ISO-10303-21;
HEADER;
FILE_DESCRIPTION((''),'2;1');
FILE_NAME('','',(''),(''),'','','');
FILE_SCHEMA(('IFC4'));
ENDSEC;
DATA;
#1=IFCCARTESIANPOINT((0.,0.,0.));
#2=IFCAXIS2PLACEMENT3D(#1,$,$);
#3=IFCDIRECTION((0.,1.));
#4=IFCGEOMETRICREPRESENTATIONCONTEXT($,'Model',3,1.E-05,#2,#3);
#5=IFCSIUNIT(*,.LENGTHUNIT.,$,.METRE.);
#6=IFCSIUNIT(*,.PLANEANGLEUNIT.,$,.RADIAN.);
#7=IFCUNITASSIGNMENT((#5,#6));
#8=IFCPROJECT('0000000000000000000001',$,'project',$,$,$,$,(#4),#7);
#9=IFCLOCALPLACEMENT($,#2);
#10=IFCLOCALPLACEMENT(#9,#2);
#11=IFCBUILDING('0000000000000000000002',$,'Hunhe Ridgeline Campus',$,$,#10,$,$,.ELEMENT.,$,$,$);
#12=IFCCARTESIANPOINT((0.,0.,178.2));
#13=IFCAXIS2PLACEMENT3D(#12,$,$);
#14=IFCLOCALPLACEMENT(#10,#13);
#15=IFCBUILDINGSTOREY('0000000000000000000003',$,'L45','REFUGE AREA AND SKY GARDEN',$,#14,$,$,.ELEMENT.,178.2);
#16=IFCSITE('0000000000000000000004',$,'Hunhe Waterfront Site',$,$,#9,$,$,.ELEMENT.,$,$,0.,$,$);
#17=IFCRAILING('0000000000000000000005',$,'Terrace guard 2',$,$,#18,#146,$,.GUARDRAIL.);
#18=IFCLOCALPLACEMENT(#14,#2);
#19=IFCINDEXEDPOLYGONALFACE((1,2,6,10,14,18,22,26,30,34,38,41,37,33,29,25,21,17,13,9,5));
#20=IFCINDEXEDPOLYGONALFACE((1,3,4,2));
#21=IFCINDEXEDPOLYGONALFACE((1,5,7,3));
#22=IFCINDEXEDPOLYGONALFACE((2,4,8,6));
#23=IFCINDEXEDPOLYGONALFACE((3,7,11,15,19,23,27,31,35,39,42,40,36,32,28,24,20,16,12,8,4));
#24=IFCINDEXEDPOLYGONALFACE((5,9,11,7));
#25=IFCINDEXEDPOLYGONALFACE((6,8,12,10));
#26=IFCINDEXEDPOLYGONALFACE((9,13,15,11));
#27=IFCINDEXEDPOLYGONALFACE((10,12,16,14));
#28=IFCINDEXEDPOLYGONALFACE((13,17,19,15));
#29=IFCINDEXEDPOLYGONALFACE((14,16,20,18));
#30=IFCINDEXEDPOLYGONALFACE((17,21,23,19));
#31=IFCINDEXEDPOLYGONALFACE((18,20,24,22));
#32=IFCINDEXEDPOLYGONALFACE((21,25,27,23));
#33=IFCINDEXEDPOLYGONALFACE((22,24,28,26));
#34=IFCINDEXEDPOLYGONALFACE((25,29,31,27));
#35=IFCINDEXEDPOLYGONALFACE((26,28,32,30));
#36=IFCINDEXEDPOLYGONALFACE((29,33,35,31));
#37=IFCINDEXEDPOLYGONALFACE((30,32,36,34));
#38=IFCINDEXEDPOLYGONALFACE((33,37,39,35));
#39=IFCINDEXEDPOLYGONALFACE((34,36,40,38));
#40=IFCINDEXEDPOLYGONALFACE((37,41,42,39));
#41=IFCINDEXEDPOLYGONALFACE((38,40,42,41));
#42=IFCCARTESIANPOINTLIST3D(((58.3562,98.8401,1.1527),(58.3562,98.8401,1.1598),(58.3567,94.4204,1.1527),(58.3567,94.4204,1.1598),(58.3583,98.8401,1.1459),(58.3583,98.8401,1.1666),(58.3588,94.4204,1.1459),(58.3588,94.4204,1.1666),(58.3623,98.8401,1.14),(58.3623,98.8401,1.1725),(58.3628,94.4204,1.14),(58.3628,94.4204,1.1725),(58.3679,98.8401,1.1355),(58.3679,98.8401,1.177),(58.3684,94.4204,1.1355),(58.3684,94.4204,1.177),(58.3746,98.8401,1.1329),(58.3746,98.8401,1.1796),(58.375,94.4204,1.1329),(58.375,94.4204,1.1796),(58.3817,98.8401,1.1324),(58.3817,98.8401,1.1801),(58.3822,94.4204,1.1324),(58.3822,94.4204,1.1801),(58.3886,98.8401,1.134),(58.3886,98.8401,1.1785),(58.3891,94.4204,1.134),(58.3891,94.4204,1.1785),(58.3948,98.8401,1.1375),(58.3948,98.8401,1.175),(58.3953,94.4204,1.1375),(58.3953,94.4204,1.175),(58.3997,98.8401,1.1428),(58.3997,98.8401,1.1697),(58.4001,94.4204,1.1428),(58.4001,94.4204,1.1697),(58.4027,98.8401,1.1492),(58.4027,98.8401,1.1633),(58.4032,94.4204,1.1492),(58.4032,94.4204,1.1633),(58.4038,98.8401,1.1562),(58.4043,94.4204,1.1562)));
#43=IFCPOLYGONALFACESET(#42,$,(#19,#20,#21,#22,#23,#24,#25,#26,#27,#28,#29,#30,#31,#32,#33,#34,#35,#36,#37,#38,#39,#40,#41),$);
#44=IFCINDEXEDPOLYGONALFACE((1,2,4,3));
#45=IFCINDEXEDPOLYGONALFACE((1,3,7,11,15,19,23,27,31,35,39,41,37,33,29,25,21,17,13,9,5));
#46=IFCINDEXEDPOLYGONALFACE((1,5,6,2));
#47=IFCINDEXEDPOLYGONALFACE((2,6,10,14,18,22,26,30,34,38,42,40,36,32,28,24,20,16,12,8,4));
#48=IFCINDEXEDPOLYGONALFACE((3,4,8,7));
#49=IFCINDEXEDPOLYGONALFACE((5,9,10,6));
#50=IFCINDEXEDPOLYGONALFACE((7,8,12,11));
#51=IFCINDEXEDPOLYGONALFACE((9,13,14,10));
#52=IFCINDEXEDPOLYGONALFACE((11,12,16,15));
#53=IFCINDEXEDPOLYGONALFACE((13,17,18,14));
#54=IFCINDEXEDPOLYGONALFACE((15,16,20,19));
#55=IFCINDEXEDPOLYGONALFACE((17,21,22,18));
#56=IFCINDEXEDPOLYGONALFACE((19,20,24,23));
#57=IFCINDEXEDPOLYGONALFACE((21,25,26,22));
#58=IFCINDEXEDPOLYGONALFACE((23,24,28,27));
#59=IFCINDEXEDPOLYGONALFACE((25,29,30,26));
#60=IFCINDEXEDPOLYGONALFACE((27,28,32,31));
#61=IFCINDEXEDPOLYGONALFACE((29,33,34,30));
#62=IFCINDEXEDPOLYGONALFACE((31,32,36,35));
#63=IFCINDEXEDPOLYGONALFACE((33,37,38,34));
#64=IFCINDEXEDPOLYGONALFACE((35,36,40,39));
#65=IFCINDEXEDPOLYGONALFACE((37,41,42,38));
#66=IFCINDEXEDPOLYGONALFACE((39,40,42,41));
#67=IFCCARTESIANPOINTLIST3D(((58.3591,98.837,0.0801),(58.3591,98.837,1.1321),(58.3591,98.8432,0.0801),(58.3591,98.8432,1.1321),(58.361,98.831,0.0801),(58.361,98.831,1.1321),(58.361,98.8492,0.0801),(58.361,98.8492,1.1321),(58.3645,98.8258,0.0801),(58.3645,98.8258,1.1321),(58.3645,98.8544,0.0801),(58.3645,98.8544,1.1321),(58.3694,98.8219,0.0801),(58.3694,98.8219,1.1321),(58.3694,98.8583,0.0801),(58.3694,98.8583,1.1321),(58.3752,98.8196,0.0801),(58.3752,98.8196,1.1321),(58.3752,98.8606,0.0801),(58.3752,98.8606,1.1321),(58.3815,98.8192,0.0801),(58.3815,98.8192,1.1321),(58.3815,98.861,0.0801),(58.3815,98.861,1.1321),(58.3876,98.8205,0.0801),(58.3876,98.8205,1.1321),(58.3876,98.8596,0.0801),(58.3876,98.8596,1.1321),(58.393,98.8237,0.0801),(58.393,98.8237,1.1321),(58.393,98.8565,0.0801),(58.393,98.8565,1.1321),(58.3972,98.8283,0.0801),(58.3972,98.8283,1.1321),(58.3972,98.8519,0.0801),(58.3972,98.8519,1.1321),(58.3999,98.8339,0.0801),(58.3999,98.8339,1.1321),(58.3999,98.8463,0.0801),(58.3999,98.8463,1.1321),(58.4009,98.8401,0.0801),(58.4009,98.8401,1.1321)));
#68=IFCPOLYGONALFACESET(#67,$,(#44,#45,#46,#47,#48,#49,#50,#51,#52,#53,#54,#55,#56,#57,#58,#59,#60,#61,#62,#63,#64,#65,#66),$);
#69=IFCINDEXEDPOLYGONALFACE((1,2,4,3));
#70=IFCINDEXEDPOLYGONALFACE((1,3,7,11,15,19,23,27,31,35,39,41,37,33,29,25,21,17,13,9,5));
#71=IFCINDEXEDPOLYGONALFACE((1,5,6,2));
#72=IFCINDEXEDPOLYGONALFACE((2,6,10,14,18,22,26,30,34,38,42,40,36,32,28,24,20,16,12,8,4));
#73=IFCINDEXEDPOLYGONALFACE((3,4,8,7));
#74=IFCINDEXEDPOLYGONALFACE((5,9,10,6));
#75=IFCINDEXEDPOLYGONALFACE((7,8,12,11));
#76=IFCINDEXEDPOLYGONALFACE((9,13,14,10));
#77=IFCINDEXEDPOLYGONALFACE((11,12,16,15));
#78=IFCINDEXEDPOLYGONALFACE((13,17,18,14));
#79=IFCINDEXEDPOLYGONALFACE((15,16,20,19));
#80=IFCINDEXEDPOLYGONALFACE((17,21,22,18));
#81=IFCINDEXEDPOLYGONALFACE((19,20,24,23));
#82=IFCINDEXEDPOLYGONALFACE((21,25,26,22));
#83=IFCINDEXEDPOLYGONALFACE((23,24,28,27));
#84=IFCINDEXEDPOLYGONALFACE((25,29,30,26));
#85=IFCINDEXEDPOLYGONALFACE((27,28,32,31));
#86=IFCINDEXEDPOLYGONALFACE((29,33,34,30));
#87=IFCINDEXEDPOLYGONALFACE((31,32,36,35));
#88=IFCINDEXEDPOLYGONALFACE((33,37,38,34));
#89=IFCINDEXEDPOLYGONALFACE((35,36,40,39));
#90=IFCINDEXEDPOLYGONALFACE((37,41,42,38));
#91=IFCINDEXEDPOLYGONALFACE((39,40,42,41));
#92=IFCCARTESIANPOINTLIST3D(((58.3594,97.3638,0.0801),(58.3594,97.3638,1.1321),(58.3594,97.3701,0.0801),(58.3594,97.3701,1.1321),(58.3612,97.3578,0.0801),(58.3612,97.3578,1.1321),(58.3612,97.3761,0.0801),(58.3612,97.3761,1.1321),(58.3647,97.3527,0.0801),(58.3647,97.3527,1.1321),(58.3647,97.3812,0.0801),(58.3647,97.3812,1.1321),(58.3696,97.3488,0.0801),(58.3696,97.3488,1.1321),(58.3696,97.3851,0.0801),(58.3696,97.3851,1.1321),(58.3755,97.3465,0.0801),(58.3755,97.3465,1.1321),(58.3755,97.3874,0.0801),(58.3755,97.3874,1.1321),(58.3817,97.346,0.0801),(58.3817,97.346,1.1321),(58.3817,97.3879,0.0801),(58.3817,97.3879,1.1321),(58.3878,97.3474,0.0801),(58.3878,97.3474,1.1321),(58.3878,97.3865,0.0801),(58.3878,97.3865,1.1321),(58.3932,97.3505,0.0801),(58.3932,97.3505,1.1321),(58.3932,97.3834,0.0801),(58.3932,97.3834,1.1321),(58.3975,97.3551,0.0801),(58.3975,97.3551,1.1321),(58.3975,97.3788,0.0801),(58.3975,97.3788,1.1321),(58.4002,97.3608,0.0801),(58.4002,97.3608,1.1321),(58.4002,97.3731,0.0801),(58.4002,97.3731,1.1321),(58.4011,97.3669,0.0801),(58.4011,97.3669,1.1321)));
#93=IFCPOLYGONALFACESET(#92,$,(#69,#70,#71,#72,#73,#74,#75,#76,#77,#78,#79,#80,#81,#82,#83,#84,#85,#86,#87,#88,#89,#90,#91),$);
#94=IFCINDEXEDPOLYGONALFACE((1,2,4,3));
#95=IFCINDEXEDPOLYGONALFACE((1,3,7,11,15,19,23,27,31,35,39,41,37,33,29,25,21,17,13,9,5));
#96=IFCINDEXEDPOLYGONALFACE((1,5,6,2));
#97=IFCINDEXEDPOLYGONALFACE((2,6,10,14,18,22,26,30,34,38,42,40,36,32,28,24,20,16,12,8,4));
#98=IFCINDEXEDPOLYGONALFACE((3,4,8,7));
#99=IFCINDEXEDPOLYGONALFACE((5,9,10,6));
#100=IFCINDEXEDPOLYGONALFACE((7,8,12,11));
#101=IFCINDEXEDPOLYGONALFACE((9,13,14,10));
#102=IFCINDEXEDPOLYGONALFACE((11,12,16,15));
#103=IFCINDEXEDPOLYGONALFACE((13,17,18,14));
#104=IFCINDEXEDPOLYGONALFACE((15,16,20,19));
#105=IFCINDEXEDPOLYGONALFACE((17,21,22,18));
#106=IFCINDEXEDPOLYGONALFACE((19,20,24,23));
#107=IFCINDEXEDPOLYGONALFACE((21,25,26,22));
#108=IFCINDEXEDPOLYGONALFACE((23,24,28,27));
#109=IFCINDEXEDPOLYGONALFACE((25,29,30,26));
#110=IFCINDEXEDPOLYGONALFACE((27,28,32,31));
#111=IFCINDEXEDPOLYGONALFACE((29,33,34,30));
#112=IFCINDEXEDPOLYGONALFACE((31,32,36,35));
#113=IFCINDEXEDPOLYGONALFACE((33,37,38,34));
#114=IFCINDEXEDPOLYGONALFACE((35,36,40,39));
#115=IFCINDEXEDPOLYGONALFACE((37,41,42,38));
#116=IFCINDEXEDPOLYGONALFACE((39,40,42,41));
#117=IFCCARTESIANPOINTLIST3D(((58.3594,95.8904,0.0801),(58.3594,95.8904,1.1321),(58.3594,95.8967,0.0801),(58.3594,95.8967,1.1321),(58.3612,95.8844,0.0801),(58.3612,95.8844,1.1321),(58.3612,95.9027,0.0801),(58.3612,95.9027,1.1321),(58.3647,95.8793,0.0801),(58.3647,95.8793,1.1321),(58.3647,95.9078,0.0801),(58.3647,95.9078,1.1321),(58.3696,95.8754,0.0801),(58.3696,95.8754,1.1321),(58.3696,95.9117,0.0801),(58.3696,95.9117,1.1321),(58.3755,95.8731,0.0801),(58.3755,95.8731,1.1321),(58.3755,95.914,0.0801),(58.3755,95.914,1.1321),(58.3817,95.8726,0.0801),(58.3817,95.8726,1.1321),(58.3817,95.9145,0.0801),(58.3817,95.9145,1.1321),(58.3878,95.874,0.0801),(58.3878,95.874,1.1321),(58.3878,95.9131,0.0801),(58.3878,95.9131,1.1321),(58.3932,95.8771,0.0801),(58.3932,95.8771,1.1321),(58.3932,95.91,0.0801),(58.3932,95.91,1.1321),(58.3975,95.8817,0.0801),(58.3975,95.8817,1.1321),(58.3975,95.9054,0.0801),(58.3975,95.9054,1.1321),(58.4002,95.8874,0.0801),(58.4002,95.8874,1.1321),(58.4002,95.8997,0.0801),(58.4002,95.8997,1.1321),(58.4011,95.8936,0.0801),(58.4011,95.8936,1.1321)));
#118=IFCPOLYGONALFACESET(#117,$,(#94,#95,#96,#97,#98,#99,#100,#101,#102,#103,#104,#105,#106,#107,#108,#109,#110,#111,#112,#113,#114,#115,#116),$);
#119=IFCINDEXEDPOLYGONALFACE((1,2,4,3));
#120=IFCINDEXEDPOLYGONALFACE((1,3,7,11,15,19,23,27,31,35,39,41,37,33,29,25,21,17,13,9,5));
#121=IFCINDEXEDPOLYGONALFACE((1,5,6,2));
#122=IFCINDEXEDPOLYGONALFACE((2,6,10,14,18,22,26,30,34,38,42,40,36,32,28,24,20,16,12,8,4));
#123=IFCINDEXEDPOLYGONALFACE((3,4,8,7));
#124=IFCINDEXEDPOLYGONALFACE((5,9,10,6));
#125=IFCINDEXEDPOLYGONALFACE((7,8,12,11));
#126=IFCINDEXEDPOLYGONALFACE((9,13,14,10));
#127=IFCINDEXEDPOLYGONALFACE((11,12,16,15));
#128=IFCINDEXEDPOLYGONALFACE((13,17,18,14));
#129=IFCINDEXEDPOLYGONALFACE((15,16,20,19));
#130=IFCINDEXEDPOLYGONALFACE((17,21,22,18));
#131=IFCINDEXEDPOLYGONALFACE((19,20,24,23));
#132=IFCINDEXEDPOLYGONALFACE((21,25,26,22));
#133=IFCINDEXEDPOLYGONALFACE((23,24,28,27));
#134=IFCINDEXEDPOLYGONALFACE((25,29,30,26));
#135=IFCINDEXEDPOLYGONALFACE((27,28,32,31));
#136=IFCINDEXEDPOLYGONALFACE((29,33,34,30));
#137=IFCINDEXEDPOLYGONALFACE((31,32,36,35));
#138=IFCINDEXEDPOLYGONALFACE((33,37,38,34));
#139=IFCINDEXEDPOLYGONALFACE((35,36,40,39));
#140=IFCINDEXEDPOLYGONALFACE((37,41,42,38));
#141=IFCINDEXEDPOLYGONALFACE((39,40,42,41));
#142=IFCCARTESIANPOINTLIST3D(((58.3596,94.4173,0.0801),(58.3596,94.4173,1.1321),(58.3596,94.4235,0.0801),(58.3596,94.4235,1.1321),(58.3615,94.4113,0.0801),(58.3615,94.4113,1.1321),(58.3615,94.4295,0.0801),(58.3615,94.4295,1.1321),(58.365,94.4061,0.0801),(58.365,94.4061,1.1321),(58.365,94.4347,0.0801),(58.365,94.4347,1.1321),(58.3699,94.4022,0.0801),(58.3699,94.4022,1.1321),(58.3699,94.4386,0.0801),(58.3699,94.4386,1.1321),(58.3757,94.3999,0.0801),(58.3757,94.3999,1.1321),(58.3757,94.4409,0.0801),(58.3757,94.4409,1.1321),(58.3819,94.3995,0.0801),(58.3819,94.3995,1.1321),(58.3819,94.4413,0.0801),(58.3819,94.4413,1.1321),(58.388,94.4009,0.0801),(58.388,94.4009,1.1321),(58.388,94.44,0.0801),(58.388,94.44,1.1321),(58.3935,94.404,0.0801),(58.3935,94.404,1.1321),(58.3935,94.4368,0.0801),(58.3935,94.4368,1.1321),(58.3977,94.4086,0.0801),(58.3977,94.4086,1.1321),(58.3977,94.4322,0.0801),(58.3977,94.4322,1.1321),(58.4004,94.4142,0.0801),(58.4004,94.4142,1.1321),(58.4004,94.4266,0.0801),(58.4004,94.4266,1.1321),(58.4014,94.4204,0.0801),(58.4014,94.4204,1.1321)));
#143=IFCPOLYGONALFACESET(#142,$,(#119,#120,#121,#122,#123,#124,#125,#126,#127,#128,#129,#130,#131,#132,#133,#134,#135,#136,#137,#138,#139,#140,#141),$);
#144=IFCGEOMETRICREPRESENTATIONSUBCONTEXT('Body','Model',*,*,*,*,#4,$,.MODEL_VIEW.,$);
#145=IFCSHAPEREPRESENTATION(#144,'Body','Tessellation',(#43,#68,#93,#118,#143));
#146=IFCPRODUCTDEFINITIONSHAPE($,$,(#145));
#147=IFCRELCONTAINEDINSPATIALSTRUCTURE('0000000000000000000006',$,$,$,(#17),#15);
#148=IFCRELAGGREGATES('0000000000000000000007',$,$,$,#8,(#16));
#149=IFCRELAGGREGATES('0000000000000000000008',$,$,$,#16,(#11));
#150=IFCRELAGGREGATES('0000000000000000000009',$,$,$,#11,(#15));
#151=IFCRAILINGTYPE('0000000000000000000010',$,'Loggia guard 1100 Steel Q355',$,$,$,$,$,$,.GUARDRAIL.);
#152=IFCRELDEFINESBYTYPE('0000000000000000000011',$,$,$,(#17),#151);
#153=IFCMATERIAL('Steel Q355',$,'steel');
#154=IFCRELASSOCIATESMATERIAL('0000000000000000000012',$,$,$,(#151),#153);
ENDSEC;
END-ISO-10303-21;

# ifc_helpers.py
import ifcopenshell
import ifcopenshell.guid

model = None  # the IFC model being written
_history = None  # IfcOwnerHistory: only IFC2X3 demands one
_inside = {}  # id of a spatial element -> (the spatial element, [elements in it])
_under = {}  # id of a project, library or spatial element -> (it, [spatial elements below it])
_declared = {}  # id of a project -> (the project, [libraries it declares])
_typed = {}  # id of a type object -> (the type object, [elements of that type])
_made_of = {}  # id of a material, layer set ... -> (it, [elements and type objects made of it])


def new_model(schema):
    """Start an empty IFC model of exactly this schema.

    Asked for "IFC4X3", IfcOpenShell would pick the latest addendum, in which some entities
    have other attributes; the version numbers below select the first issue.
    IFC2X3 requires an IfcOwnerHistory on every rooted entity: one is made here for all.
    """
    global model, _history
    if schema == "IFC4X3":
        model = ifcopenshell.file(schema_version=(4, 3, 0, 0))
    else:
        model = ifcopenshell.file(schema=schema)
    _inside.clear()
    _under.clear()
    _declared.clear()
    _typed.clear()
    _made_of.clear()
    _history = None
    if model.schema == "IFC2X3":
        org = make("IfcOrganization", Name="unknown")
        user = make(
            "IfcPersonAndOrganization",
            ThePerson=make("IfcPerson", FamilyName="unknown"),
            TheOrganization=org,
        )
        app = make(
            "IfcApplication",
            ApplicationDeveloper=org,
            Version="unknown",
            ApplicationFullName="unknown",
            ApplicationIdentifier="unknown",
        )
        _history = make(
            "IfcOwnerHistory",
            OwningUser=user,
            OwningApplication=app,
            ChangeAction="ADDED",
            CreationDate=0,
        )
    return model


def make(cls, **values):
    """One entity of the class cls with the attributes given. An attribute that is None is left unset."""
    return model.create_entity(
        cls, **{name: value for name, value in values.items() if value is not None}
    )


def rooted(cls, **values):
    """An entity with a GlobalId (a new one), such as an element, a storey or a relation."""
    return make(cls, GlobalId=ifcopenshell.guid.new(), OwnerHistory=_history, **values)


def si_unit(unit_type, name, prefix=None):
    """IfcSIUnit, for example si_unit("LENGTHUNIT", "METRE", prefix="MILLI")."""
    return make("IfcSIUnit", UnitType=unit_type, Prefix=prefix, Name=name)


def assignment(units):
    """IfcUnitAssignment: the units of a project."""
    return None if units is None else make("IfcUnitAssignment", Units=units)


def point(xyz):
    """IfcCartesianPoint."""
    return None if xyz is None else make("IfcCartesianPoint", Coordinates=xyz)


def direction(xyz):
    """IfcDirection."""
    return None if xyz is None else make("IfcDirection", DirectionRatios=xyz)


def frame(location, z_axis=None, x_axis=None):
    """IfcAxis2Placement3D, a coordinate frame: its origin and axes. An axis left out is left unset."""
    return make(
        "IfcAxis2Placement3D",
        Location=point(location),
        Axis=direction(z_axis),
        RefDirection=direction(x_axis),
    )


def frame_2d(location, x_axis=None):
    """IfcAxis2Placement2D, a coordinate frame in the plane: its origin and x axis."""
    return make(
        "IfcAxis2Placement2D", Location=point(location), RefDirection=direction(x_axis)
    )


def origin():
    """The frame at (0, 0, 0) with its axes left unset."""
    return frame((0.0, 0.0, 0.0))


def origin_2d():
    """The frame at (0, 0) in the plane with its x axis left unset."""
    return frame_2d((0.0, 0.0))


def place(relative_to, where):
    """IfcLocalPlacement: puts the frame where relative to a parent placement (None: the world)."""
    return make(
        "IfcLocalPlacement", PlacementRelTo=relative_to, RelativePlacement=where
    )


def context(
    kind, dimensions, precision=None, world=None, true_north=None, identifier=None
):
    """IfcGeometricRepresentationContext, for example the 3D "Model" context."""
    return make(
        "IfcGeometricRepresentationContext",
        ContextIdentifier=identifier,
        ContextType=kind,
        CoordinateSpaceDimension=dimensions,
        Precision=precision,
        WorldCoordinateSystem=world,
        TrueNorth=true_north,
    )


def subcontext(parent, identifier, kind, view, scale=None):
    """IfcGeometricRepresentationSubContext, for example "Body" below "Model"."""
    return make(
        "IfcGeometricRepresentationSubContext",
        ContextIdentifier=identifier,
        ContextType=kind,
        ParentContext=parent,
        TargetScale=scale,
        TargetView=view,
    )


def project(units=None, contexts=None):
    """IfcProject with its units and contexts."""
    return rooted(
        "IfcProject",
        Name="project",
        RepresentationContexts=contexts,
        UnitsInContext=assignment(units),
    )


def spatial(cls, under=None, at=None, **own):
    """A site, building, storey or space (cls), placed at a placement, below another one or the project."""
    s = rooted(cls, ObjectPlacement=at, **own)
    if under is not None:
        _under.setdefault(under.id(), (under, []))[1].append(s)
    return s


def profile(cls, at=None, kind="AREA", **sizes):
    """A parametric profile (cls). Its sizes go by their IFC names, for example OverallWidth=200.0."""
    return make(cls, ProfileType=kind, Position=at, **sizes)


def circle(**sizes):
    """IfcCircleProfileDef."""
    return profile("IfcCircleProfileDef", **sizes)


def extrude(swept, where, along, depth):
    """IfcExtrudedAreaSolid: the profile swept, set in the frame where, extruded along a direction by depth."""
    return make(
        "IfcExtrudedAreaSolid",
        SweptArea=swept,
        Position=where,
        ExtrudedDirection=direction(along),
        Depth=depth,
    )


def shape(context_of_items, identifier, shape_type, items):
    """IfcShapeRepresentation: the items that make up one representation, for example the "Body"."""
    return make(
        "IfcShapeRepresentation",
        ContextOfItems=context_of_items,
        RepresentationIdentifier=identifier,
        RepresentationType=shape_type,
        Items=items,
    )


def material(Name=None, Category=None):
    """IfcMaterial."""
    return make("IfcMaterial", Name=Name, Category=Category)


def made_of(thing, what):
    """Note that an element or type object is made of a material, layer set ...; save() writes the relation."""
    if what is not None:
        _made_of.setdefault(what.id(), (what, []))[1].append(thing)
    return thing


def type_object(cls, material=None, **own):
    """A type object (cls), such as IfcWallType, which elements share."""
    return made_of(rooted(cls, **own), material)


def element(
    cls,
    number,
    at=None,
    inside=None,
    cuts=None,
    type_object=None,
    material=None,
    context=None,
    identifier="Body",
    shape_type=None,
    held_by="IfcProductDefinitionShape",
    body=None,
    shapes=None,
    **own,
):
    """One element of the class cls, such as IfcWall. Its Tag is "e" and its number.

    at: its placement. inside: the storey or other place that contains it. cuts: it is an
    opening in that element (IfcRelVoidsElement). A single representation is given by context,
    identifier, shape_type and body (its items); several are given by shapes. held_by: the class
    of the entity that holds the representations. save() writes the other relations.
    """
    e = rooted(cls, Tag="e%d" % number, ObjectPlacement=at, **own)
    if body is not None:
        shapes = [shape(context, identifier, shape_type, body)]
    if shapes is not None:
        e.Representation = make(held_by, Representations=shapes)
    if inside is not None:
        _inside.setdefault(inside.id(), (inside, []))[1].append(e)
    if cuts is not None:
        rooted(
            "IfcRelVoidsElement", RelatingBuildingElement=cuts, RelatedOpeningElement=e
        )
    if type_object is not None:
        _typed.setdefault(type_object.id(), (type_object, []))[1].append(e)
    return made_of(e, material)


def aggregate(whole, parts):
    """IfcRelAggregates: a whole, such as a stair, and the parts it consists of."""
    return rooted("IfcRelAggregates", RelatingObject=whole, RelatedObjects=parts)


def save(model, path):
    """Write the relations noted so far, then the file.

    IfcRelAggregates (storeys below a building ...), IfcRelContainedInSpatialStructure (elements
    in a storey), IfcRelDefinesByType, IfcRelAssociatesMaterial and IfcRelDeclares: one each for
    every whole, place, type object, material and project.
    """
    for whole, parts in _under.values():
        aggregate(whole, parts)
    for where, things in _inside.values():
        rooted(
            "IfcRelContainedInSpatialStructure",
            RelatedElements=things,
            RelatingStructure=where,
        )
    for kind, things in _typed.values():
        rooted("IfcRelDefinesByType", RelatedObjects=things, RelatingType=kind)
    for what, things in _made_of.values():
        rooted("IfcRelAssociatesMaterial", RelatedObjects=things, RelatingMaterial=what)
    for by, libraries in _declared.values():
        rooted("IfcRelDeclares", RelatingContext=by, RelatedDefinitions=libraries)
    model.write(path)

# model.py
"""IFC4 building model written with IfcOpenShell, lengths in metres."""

from ifc_helpers import new_model, si_unit, direction, frame, origin, origin_2d, place, context, subcontext, project, spatial, circle, extrude, material, type_object, element, save


model = new_model("IFC4")

# Units and contexts
model_context = context("Model", 3, precision=1e-05, world=origin(), true_north=direction((0.0, 1.0)))
body_context = subcontext(model_context, "Body", "Model", "MODEL_VIEW")
ifc_project = project(units=[si_unit("LENGTHUNIT", "METRE"), si_unit("PLANEANGLEUNIT", "RADIAN")], contexts=[model_context])

# Site, building, storey
site_placement = place(None, origin())
site = spatial("IfcSite", under=ifc_project, at=site_placement, Name="Hunhe Waterfront Site", CompositionType="ELEMENT", RefElevation=0.0)
building_placement = place(site_placement, origin())
building = spatial("IfcBuilding", under=site, at=building_placement, Name="Hunhe Ridgeline Campus", CompositionType="ELEMENT")
storey_placement = place(building_placement, frame((0.0, 0.0, 178.2)))
storey = spatial("IfcBuildingStorey", under=building, at=storey_placement, Name="L45", Description="REFUGE AREA AND SKY GARDEN", CompositionType="ELEMENT", Elevation=178.2)

# Railing
ifc_material_1 = material(Name="Steel Q355", Category="steel")
railing_type_1 = type_object("IfcRailingType", Name="Loggia guard 1100 Steel Q355", PredefinedType="GUARDRAIL", material=ifc_material_1)
railing_1_placement = place(storey_placement, frame((58.3799, 98.8401, 0.0801)))
element("IfcRailing", 1, at=railing_1_placement, inside=storey, type_object=railing_type_1, Name="Terrace guard 2", PredefinedType="GUARDRAIL", context=body_context, shape_type="SweptSolid", body=[
    extrude(circle(Radius=0.0239, at=origin_2d()), frame((0.0, 0.0, 1.0762), z_axis=(0.00011, -1.0, 0.0), x_axis=(1.0, 0.00011, 0.0)), (0.0, 0.0, 1.0), 4.4197),
    extrude(circle(Radius=0.021, at=origin_2d()), origin(), (0.0, 0.0, 1.0), 1.052),
    extrude(circle(Radius=0.021, at=origin_2d()), frame((0.0002, -1.4731, 0.0)), (0.0, 0.0, 1.0), 1.052),
    extrude(circle(Radius=0.021, at=origin_2d()), frame((0.0002, -2.9465, 0.0)), (0.0, 0.0, 1.0), 1.052),
    extrude(circle(Radius=0.021, at=origin_2d()), frame((0.0005, -4.4197, 0.0)), (0.0, 0.0, 1.0), 1.052),
])

save(model, "model.ifc")
